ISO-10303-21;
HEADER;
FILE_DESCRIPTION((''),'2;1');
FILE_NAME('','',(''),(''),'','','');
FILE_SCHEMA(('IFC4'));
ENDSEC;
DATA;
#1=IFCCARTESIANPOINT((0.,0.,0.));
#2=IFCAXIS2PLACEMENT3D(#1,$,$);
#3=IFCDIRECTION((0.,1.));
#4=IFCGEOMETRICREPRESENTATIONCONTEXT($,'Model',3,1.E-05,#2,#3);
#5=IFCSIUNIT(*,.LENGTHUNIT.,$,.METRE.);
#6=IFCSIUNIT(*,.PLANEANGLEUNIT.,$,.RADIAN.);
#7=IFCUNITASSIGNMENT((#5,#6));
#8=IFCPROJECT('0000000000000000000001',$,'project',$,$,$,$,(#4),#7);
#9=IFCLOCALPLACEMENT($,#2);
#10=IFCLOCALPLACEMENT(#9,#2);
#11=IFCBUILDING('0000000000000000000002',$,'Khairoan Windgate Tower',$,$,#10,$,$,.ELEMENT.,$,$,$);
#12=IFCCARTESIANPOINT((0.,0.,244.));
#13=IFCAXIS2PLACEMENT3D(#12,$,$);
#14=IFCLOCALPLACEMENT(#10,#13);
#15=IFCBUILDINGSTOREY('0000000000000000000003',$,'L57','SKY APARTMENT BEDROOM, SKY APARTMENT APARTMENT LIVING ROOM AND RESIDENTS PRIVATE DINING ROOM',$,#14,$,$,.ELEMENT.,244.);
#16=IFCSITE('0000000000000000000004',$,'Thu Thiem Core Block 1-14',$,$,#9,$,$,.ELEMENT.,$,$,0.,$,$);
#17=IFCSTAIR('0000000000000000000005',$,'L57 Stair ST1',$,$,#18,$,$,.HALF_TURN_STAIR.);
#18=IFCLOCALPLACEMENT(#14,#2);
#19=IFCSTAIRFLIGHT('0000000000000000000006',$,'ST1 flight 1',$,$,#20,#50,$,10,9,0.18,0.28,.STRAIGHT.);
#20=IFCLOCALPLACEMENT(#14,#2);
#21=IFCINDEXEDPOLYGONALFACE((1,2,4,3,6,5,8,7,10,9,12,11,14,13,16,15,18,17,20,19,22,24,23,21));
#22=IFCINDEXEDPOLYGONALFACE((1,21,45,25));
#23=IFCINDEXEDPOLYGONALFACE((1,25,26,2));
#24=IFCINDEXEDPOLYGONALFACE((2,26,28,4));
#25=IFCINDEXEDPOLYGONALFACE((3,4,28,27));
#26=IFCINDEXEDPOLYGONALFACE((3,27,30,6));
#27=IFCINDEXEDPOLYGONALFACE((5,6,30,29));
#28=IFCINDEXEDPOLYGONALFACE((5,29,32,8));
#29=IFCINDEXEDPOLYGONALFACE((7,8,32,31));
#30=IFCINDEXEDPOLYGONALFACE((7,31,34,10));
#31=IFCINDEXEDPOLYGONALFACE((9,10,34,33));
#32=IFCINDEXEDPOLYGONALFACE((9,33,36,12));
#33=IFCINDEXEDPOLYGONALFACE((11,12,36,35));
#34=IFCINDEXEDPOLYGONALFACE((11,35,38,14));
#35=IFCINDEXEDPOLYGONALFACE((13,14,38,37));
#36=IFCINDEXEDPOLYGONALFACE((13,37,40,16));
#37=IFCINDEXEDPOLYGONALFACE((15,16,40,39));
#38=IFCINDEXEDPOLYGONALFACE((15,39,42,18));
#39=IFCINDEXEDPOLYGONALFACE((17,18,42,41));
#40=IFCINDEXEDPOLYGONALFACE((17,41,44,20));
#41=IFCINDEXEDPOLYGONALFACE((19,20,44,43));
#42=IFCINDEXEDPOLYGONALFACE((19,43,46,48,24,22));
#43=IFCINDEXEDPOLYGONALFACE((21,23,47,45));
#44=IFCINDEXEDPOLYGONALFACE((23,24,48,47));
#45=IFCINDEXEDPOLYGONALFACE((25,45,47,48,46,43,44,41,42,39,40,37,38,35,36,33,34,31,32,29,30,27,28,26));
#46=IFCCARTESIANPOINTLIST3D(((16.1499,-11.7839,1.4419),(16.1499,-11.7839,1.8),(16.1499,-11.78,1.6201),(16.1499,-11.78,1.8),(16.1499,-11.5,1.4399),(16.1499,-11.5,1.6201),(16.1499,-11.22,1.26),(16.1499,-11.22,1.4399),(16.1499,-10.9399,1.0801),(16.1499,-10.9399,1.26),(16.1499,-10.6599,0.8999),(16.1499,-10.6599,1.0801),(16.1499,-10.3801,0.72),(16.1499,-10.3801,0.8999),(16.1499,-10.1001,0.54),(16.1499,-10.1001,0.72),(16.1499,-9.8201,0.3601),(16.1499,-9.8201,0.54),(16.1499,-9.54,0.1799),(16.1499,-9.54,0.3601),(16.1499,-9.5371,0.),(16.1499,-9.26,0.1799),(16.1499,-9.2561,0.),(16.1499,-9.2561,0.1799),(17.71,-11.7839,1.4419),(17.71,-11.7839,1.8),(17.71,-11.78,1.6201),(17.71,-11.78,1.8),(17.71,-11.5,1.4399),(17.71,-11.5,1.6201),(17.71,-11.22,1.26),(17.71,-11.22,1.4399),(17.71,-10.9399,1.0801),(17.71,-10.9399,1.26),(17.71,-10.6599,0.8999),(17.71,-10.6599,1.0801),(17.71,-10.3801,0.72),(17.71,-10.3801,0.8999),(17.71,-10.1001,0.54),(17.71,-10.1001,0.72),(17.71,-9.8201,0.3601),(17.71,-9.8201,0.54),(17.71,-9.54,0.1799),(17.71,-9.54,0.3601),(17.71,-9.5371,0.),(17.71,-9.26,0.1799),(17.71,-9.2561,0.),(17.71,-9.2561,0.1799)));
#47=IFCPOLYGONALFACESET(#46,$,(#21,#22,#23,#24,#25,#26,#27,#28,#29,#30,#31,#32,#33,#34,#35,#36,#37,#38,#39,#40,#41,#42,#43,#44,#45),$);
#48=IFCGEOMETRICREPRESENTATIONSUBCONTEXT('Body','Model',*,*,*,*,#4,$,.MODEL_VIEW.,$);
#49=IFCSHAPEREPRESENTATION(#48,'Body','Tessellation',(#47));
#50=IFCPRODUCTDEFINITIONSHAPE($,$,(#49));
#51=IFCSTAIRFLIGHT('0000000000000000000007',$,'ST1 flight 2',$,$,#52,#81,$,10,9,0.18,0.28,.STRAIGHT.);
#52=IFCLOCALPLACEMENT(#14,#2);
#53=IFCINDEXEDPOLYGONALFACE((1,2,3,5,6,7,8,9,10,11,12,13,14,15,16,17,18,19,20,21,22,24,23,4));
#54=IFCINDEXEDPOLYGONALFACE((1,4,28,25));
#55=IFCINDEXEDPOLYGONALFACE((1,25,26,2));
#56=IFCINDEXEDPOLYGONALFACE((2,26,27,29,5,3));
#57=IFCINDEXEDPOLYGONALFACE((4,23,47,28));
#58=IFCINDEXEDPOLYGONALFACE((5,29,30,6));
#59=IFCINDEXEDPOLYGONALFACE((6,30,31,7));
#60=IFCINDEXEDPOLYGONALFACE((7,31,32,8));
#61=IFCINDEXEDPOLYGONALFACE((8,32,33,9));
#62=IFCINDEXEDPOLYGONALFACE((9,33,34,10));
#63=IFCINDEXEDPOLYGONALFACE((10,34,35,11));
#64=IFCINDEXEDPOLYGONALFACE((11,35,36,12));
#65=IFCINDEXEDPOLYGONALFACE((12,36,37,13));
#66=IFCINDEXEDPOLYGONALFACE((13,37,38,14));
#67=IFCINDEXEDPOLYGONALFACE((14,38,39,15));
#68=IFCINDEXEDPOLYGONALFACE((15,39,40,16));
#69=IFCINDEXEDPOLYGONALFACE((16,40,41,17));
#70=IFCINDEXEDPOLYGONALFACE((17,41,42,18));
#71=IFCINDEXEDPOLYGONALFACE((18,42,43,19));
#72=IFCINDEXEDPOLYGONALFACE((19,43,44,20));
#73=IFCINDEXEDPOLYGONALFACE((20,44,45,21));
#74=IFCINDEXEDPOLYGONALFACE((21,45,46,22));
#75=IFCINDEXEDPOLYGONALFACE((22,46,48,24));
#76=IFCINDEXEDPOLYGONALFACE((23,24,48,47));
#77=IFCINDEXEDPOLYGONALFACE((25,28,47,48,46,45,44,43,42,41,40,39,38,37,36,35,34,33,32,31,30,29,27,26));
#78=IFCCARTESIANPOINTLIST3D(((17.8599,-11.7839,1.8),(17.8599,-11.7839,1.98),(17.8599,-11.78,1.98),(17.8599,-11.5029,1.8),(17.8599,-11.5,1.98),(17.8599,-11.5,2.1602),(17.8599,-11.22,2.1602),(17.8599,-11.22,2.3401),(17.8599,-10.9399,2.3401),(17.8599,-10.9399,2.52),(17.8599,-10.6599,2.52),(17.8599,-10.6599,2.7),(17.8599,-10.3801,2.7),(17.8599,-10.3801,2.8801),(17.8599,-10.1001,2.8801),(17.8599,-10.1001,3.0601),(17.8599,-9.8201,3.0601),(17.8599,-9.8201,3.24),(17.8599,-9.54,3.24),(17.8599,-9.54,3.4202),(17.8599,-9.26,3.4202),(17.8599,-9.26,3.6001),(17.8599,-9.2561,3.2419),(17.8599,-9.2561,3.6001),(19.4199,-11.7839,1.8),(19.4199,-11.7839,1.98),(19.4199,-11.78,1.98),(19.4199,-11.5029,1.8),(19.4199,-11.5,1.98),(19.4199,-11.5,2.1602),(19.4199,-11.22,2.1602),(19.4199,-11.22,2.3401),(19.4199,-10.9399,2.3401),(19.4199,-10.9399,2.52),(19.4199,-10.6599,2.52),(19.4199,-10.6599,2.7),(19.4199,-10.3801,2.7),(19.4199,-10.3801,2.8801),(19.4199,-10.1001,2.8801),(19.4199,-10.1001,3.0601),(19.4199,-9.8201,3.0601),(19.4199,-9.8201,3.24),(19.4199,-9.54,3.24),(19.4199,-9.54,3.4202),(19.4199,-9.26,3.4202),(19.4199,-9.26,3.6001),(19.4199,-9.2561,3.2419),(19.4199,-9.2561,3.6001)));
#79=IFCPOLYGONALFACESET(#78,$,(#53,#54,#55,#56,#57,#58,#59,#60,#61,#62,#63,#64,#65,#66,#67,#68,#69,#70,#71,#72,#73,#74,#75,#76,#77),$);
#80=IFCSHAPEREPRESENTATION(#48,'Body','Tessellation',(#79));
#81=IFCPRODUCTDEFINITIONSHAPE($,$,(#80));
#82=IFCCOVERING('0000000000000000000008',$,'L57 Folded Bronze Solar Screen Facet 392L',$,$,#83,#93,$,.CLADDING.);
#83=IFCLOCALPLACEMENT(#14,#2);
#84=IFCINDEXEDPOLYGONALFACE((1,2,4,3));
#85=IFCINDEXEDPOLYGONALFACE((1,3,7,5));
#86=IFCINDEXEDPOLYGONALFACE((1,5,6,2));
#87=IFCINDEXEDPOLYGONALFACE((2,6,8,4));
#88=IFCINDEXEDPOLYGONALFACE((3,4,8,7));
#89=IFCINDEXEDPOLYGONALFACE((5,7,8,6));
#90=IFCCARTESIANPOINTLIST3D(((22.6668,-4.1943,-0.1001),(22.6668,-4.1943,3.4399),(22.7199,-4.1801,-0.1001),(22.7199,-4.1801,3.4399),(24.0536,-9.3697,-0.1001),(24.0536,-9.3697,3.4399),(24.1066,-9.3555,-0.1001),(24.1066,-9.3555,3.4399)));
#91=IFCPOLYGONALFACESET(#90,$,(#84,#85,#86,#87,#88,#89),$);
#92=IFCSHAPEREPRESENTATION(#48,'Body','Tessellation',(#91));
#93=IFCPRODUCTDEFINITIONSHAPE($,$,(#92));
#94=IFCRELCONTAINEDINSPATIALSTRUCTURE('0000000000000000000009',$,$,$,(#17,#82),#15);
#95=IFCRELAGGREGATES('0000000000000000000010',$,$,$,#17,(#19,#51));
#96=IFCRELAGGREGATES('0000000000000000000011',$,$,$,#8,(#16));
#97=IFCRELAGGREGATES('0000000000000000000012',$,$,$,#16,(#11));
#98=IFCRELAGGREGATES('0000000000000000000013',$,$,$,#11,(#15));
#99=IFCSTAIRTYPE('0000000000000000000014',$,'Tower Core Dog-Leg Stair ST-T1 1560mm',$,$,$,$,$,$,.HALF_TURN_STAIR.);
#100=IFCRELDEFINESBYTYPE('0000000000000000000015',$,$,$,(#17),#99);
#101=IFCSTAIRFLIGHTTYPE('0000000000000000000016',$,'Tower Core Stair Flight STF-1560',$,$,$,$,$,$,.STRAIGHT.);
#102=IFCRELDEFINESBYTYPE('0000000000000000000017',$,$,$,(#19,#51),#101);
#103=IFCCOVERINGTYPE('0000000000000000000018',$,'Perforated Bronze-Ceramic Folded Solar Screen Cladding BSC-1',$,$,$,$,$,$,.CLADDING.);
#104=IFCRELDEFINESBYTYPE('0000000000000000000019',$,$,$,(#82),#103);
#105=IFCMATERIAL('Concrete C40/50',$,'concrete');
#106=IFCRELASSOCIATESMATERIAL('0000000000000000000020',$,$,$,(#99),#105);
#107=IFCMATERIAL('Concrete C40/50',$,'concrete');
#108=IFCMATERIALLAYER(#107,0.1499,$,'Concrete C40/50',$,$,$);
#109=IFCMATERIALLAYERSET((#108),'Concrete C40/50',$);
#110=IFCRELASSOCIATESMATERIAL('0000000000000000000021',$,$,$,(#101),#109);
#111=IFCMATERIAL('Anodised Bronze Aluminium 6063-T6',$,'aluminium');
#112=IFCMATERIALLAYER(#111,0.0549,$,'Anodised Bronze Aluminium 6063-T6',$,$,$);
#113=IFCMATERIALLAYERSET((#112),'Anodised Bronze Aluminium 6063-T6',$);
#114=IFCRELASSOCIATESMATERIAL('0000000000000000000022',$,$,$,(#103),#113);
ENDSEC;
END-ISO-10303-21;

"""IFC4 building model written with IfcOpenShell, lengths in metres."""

from ifc_helpers import new_model, si_unit, direction, frame, origin, origin_2d, place, context, subcontext, project, spatial, polyline, rectangle, outline, extrude, material, layer, layer_set, type_object, element, aggregate, save


model = new_model("IFC4")

# Units and contexts
model_context = context("Model", 3, precision=1e-05, world=origin(), true_north=direction((0.0, 1.0)))
body_context = subcontext(model_context, "Body", "Model", "MODEL_VIEW")
ifc_project = project(units=[si_unit("LENGTHUNIT", "METRE"), si_unit("PLANEANGLEUNIT", "RADIAN")], contexts=[model_context])

# Site, building, storey
site_placement = place(None, origin())
site = spatial("IfcSite", under=ifc_project, at=site_placement, Name="Thu Thiem Core Block 1-14", CompositionType="ELEMENT", RefElevation=0.0)
building_placement = place(site_placement, origin())
building = spatial("IfcBuilding", under=site, at=building_placement, Name="Khairoan Windgate Tower", CompositionType="ELEMENT")
storey_placement = place(building_placement, frame((0.0, 0.0, 244.0)))
storey = spatial("IfcBuildingStorey", under=building, at=storey_placement, Name="L57", Description="SKY APARTMENT BEDROOM, SKY APARTMENT APARTMENT LIVING ROOM AND RESIDENTS PRIVATE DINING ROOM", CompositionType="ELEMENT", Elevation=244.0)

# Stair, stair flights
ifc_material_1 = material(Name="Concrete C40/50", Category="concrete")
stair_type = type_object("IfcStairType", Name="Tower Core Dog-Leg Stair ST-T1 1560mm", PredefinedType="HALF_TURN_STAIR", material=ifc_material_1)
stair_placement = place(storey_placement, origin())
stair = element("IfcStair", 1, at=stair_placement, inside=storey, type_object=stair_type, Name="L57 Stair ST1", PredefinedType="HALF_TURN_STAIR")
ifc_material_2 = material(Name="Concrete C40/50", Category="concrete")
ifc_layer_1 = layer(ifc_material_2, 0.1499, Name="Concrete C40/50")
ifc_layer_set_1 = layer_set([ifc_layer_1], Name="Concrete C40/50")
stair_flight_type = type_object("IfcStairFlightType", Name="Tower Core Stair Flight STF-1560", PredefinedType="STRAIGHT", material=ifc_layer_set_1)
stair_flight_1_placement = place(storey_placement, frame((16.9299, -9.26, 0.0), z_axis=(0.0, 0.0, 1.0), x_axis=(0.0, -1.0, 0.0)))
stair_flight_1 = element("IfcStairFlight", 2, at=stair_flight_1_placement, type_object=stair_flight_type, Name="ST1 flight 1", NumberOfRisers=10, NumberOfTreads=9, PredefinedType="STRAIGHT", RiserHeight=0.18, TreadLength=0.28, context=body_context, shape_type="SweptSolid", body=[
    extrude(outline(polyline([(-0.0039, 0.0), (-0.0039, 0.1799), (0.0, 0.1799), (0.28, 0.1799), (0.28, 0.3601), (0.5601, 0.3601), (0.5601, 0.54), (0.8401, 0.54), (0.8401, 0.72), (1.1201, 0.72), (1.1201, 0.8999), (1.3999, 0.8999), (1.3999, 1.0801), (1.6799, 1.0801), (1.6799, 1.26), (1.96, 1.26), (1.96, 1.4399), (2.24, 1.4399), (2.24, 1.6201), (2.52, 1.6201), (2.52, 1.8), (2.5239, 1.8), (2.5239, 1.4419), (0.2771, 0.0), (-0.0039, 0.0)])), frame((0.0, 0.78, 0.0), z_axis=(0.0, -1.0, 0.0), x_axis=(1.0, 0.0, 0.0)), (0.0, 0.0, 1.0), 1.5601),
])
stair_flight_2_placement = place(storey_placement, frame((18.6399, -11.78, 1.8), z_axis=(0.0, 0.0, 1.0), x_axis=(0.0, 1.0, 0.0)))
stair_flight_2 = element("IfcStairFlight", 3, at=stair_flight_2_placement, type_object=stair_flight_type, Name="ST1 flight 2", NumberOfRisers=10, NumberOfTreads=9, PredefinedType="STRAIGHT", RiserHeight=0.18, TreadLength=0.28, context=body_context, shape_type="SweptSolid", body=[
    extrude(outline(polyline([(-0.0039, 0.0), (-0.0039, 0.1799), (0.0, 0.1799), (0.28, 0.1799), (0.28, 0.3601), (0.5601, 0.3601), (0.5601, 0.54), (0.8401, 0.54), (0.8401, 0.72), (1.1201, 0.72), (1.1201, 0.8999), (1.3999, 0.8999), (1.3999, 1.0801), (1.6799, 1.0801), (1.6799, 1.26), (1.96, 1.26), (1.96, 1.4399), (2.24, 1.4399), (2.24, 1.6201), (2.52, 1.6201), (2.52, 1.8), (2.5239, 1.8), (2.5239, 1.4419), (0.2771, 0.0), (-0.0039, 0.0)])), frame((0.0, 0.78, 0.0), z_axis=(0.0, -1.0, 0.0), x_axis=(1.0, 0.0, 0.0)), (0.0, 0.0, 1.0), 1.5601),
])
aggregate(stair, [stair_flight_1, stair_flight_2])

# Covering
ifc_material_3 = material(Name="Anodised Bronze Aluminium 6063-T6", Category="aluminium")
ifc_layer_2 = layer(ifc_material_3, 0.0549, Name="Anodised Bronze Aluminium 6063-T6")
ifc_layer_set_2 = layer_set([ifc_layer_2], Name="Anodised Bronze Aluminium 6063-T6")
covering_type = type_object("IfcCoveringType", Name="Perforated Bronze-Ceramic Folded Solar Screen Cladding BSC-1", PredefinedType="CLADDING", material=ifc_layer_set_2)
covering_placement = place(storey_placement, frame((23.3867, -6.7749, -0.1001), z_axis=(0.0, 0.0, 1.0), x_axis=(0.258819, -0.965926, 0.0)))
element("IfcCovering", 4, at=covering_placement, inside=storey, type_object=covering_type, Name="L57 Folded Bronze Solar Screen Facet 392L", PredefinedType="CLADDING", context=body_context, shape_type="SweptSolid", body=[
    extrude(rectangle(XDim=5.3579, YDim=0.0549, at=origin_2d()), origin(), (0.0, 0.0, 1.0), 3.54),
])

save(model, "model.ifc")
